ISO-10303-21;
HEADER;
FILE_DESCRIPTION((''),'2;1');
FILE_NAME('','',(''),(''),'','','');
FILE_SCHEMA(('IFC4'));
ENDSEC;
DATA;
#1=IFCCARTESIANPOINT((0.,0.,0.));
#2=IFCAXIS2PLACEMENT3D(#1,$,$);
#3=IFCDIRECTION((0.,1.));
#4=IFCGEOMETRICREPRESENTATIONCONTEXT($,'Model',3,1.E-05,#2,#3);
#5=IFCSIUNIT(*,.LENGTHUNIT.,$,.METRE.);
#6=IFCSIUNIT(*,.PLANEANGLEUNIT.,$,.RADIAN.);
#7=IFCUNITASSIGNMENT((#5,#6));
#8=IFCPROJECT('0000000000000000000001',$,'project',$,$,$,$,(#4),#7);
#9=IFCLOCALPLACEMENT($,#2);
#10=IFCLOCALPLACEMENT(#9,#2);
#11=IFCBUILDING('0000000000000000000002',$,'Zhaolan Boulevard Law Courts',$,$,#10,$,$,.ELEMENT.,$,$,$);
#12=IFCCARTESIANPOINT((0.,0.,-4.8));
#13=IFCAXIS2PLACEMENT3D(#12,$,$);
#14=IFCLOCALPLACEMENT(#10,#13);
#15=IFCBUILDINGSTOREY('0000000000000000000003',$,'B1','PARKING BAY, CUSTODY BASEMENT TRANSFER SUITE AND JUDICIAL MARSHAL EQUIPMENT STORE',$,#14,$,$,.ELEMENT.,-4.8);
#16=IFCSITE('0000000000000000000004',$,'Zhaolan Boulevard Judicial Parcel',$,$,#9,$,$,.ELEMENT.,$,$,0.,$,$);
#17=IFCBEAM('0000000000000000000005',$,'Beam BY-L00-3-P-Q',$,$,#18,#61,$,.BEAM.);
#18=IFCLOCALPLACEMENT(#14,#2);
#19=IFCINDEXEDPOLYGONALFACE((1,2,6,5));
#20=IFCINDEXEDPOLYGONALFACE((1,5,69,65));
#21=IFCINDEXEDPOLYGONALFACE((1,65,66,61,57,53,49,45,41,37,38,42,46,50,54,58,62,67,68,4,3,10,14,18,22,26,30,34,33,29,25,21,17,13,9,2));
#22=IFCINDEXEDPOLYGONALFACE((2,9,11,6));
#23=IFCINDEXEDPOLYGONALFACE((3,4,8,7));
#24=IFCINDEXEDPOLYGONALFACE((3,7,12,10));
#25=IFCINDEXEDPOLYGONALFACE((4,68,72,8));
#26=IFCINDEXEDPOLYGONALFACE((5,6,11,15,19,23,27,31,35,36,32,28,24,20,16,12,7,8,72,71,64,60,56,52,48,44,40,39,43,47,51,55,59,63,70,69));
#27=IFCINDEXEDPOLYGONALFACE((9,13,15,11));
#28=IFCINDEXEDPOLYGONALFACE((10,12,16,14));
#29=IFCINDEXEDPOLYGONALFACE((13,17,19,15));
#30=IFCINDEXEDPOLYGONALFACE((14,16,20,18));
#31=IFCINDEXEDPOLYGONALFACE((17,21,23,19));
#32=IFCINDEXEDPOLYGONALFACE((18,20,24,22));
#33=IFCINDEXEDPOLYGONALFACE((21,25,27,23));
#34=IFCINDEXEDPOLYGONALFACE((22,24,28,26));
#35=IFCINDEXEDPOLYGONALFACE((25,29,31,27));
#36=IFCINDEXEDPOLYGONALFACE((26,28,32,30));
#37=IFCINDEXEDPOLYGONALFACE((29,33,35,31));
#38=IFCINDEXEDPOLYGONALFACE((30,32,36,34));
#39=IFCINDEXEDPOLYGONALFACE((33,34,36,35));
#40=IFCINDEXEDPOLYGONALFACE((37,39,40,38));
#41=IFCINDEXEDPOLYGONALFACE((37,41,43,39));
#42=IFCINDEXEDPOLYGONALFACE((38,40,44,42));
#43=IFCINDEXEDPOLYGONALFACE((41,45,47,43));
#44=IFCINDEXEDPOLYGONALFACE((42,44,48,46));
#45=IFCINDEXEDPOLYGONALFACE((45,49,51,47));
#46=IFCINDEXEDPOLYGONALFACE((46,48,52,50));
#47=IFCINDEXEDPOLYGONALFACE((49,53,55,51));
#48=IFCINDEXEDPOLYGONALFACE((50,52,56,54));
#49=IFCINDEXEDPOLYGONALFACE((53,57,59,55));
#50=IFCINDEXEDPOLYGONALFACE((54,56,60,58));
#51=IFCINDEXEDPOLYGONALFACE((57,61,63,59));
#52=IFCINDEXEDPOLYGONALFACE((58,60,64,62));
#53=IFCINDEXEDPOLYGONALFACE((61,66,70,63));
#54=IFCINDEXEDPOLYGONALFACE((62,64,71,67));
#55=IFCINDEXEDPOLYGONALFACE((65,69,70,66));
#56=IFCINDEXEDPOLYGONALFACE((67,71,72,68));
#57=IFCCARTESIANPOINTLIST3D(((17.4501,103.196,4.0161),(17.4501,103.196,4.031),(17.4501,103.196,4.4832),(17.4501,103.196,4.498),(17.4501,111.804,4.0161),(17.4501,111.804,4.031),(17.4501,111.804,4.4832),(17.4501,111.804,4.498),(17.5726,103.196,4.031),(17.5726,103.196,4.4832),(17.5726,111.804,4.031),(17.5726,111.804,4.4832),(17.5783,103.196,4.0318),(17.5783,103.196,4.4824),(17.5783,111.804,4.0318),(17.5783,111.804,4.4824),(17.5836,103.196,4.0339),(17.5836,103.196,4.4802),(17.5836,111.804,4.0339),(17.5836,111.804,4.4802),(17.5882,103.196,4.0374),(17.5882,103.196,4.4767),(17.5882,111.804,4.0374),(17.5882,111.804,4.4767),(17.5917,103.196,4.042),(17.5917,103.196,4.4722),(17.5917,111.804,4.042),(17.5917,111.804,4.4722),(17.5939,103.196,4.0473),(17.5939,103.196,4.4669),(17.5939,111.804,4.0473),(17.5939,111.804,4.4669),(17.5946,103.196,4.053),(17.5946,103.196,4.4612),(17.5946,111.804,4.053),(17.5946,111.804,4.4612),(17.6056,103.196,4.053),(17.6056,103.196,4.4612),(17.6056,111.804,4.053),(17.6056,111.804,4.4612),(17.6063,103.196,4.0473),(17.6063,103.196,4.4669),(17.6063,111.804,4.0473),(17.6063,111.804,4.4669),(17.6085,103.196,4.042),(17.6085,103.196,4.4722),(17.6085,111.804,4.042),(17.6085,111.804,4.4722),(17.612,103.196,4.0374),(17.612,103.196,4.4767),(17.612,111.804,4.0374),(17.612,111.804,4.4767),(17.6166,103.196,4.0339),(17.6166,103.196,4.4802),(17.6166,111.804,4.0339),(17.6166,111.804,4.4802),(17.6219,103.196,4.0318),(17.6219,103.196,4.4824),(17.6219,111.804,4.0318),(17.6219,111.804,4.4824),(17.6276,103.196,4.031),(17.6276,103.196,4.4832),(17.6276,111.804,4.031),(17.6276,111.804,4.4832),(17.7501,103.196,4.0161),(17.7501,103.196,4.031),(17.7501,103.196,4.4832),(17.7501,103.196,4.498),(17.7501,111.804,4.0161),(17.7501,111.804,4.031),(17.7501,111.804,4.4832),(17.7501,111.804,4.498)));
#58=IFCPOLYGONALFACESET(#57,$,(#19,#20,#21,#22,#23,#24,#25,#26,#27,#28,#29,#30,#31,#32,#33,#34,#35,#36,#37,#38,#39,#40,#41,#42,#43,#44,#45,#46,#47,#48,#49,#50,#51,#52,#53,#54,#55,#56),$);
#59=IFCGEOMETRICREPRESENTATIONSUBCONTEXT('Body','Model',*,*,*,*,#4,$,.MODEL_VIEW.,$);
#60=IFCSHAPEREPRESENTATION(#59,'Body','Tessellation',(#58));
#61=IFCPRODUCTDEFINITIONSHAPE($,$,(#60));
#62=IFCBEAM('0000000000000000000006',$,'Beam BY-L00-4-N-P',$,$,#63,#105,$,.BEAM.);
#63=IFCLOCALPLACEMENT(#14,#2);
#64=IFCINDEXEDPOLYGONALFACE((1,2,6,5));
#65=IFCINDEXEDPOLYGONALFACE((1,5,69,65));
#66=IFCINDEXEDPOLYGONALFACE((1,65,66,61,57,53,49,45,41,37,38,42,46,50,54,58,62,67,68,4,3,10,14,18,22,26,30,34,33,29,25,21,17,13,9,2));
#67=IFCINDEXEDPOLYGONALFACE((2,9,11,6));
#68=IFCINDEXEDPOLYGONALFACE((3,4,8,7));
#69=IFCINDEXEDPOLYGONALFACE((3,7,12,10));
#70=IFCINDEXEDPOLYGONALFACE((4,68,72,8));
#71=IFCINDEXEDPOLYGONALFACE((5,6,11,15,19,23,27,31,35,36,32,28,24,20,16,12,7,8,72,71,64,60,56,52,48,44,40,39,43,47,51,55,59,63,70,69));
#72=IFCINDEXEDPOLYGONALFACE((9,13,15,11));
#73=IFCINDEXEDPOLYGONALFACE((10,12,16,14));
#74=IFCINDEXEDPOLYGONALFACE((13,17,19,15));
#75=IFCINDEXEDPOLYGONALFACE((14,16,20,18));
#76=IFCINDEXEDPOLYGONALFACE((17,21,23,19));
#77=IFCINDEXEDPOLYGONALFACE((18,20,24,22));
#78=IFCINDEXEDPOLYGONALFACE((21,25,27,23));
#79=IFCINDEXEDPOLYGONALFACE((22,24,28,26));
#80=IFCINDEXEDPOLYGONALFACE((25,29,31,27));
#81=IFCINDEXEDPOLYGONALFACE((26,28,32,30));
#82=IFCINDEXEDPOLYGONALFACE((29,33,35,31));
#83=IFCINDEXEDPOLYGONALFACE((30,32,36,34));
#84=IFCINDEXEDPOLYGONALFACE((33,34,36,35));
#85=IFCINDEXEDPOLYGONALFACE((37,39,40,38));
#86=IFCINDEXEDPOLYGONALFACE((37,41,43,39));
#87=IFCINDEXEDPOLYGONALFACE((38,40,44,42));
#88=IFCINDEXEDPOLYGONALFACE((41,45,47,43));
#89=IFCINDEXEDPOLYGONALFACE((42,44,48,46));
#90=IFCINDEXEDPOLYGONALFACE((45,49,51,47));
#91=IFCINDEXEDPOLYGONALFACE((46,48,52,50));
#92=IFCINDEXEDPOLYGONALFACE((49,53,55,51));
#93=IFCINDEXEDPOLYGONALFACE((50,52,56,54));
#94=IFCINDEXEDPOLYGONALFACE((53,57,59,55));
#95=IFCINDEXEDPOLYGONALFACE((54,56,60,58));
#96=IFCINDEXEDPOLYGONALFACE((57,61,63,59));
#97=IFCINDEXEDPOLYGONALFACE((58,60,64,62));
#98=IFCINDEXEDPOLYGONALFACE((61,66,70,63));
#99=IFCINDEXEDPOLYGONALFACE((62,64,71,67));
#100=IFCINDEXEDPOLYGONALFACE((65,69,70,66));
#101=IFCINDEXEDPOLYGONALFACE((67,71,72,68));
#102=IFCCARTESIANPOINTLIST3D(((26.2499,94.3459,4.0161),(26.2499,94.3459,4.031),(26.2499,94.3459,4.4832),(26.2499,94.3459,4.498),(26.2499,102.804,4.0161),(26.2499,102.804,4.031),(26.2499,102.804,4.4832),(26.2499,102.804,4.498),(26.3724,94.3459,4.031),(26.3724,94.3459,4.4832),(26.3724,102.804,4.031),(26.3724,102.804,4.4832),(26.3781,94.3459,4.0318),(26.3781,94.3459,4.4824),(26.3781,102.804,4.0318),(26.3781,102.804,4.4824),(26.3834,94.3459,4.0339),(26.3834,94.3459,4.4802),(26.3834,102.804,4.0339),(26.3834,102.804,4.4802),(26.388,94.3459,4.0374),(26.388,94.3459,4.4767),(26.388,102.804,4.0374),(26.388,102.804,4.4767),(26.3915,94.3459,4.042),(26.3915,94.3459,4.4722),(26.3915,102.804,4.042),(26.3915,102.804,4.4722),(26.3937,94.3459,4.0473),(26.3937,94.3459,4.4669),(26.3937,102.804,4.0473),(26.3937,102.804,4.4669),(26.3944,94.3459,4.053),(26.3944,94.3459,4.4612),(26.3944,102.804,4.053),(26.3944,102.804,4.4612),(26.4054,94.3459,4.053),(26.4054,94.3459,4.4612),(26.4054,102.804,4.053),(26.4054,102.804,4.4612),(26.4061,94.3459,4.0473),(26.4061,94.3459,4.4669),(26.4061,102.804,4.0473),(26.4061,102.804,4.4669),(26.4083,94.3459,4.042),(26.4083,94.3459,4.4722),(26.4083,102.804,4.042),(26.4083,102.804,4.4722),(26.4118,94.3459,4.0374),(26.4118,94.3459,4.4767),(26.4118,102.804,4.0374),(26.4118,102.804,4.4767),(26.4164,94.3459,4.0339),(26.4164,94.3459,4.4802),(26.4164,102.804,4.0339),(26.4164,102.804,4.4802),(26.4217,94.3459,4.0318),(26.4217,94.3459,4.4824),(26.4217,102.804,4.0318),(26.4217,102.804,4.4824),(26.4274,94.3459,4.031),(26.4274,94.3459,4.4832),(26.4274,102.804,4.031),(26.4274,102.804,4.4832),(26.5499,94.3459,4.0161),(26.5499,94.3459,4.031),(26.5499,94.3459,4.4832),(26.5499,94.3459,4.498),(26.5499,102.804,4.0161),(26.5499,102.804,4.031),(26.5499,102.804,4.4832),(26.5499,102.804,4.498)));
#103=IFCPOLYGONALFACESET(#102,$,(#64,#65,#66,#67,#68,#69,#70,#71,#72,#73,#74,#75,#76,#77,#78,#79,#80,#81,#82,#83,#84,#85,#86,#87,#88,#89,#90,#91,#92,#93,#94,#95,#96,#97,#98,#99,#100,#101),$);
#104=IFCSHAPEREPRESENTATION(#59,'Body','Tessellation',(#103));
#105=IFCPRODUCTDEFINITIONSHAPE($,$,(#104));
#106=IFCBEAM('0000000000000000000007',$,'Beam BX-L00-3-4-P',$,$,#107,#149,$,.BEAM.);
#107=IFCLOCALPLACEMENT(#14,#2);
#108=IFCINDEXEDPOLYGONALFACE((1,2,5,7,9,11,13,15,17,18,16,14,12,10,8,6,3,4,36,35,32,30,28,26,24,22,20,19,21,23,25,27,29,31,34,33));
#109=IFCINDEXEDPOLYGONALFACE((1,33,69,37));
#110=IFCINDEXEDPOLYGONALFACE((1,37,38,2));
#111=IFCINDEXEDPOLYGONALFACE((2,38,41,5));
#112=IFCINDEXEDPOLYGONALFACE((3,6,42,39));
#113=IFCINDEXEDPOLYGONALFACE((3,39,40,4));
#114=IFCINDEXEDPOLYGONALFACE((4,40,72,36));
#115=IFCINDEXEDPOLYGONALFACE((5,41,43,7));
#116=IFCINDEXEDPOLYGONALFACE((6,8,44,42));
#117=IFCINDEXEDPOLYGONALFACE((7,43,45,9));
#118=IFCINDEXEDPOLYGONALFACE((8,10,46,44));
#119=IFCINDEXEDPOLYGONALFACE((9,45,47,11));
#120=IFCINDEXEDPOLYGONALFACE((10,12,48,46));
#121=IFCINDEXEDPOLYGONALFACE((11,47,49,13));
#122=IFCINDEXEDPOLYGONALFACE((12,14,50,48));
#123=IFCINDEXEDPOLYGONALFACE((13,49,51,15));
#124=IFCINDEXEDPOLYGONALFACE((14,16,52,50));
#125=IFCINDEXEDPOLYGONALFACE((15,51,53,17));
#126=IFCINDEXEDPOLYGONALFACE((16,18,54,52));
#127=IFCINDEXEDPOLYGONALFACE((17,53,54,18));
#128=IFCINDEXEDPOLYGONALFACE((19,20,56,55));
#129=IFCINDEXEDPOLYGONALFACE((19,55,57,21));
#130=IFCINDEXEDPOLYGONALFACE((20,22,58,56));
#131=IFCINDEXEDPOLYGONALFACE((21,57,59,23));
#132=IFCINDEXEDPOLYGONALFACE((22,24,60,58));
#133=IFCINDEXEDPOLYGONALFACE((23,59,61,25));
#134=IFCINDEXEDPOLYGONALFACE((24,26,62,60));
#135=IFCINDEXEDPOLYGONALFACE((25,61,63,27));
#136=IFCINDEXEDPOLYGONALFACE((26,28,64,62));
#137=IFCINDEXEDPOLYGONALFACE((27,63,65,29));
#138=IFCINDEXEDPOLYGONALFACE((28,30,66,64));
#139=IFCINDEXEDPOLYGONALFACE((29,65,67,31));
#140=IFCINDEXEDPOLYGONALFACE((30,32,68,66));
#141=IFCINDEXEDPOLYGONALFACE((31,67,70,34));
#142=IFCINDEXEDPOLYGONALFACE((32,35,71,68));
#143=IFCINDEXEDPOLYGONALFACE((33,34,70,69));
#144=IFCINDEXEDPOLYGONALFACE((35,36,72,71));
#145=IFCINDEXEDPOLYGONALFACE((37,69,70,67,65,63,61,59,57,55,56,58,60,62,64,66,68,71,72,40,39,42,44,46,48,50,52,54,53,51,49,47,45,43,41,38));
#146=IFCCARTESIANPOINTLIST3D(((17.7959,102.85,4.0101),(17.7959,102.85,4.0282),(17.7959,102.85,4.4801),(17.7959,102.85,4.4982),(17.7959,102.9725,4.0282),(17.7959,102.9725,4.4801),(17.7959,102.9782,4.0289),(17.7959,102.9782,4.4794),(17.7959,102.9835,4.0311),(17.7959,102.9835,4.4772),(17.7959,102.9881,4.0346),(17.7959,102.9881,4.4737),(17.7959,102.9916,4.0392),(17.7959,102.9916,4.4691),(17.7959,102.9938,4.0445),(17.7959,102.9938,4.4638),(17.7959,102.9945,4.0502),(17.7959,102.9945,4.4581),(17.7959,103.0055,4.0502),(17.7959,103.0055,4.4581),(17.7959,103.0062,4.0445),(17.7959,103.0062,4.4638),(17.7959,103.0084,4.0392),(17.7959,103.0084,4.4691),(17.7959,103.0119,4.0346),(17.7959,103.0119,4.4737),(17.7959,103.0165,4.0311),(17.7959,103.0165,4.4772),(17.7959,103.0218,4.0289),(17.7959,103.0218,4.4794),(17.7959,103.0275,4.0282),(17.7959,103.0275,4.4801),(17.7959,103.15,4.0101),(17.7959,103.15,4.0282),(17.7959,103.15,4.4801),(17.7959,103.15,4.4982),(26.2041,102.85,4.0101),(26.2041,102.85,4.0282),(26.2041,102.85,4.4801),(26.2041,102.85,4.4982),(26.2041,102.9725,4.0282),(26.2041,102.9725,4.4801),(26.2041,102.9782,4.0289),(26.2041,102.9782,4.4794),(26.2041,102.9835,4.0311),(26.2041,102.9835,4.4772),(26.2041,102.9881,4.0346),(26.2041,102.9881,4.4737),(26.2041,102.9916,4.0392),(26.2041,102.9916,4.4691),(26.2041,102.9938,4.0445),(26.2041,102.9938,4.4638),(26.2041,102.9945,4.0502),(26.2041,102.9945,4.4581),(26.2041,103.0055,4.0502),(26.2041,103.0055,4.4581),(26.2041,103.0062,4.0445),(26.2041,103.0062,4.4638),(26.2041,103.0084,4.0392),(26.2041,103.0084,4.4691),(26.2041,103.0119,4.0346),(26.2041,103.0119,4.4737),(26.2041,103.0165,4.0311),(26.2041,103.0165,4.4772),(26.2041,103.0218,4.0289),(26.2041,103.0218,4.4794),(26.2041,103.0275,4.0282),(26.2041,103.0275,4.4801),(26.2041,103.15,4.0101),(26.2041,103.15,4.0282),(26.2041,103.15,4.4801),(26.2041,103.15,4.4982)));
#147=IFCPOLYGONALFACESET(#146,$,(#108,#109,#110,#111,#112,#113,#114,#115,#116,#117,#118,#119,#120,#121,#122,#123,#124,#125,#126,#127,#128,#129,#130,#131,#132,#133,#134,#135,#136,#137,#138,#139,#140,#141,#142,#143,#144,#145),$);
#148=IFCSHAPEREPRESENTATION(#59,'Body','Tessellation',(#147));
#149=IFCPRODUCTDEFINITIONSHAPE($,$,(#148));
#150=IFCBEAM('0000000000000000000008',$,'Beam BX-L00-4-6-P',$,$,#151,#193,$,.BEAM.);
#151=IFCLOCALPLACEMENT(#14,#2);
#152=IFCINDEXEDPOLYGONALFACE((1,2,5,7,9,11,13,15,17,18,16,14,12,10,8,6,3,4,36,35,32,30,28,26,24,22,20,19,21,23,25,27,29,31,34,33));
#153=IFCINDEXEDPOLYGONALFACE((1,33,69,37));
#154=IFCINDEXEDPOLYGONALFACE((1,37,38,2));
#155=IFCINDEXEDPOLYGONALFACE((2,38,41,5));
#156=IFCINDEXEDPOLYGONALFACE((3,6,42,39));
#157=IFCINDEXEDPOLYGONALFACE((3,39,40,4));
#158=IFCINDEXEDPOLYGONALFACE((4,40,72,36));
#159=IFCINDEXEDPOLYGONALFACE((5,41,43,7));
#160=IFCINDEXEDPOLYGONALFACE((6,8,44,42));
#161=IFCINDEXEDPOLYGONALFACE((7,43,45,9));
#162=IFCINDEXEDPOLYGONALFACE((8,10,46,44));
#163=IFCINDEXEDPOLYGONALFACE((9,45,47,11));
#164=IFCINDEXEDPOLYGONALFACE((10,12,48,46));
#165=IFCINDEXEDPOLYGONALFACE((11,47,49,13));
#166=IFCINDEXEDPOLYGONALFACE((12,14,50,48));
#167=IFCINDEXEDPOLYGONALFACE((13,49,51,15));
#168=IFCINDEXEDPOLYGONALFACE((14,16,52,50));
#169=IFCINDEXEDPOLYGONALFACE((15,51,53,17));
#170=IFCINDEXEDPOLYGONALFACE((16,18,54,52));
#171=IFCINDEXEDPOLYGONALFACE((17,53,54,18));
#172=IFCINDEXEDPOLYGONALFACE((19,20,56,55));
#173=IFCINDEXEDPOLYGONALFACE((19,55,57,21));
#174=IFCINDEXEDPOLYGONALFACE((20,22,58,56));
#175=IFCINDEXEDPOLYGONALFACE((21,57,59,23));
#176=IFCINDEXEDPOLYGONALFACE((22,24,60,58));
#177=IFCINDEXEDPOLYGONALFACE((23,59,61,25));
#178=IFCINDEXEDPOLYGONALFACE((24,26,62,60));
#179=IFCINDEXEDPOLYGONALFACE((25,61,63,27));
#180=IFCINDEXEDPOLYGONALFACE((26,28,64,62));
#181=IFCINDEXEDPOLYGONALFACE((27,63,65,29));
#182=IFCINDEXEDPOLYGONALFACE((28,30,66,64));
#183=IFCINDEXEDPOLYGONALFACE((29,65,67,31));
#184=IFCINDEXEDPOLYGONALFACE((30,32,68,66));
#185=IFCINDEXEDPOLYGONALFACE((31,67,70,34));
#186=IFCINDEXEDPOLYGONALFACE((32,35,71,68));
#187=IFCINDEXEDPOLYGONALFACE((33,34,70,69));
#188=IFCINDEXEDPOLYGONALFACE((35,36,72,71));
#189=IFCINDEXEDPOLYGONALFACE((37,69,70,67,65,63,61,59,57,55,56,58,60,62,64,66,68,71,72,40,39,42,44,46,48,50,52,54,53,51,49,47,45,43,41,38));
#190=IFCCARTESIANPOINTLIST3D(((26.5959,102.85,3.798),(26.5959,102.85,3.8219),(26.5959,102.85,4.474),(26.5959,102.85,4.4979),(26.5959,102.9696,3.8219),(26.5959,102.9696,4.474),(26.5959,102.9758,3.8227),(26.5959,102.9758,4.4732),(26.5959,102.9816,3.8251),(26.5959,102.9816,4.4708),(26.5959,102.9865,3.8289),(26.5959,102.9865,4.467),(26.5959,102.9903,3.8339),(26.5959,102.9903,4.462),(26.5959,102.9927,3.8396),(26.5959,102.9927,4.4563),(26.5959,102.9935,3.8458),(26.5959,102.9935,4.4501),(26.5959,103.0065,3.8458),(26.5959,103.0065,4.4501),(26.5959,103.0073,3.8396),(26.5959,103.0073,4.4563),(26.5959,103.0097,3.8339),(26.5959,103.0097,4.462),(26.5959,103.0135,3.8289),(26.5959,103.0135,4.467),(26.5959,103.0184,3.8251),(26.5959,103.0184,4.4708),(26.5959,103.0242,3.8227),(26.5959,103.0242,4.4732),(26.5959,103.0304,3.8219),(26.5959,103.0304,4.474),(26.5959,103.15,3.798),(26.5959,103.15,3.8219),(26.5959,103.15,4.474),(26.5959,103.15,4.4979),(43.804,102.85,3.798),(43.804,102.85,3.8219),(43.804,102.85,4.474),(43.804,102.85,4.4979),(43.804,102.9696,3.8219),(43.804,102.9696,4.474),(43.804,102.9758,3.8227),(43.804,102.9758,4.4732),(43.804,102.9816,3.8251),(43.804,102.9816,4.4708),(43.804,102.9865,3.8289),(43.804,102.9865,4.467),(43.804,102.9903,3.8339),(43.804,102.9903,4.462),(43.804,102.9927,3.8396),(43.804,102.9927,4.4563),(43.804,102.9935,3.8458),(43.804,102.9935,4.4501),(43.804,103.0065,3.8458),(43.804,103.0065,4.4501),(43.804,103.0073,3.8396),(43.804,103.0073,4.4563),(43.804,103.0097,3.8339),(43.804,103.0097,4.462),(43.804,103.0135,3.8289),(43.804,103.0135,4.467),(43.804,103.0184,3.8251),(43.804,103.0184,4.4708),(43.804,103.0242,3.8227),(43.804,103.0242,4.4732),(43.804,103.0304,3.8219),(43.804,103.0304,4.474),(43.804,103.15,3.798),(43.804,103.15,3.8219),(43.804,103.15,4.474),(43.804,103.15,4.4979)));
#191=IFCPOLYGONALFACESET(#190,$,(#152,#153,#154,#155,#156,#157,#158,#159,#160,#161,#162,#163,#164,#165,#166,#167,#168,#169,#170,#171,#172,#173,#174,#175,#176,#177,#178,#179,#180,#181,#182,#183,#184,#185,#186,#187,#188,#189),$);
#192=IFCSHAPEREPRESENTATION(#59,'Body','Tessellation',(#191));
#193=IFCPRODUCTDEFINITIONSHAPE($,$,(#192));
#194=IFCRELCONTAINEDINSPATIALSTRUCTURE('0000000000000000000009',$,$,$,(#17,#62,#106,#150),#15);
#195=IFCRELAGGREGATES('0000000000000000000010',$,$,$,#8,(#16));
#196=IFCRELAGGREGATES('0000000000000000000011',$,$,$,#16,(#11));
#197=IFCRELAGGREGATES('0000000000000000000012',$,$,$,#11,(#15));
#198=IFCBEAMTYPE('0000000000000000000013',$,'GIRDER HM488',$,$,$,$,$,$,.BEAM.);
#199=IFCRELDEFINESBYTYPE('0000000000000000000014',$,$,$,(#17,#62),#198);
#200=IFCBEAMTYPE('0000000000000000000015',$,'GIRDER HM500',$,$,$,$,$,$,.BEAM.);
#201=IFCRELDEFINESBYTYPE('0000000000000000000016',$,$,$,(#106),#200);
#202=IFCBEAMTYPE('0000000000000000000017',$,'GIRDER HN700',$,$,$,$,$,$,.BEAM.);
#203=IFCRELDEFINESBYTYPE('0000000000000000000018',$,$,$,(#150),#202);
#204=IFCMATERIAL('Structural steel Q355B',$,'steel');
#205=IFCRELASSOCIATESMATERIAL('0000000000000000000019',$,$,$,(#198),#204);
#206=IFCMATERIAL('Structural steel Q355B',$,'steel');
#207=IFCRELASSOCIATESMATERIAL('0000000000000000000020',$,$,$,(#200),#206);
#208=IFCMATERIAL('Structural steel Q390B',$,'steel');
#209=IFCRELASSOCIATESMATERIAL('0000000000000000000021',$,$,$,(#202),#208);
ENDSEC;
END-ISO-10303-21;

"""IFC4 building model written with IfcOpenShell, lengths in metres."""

from ifc_helpers import new_model, si_unit, direction, frame, origin, origin_2d, place, context, subcontext, project, spatial, i_section, extrude, material, material_profile, profile_set, type_object, element, save


model = new_model("IFC4")

# Units and contexts
model_context = context("Model", 3, precision=1e-05, world=origin(), true_north=direction((0.0, 1.0)))
body_context = subcontext(model_context, "Body", "Model", "MODEL_VIEW")
ifc_project = project(units=[si_unit("LENGTHUNIT", "METRE"), si_unit("PLANEANGLEUNIT", "RADIAN")], contexts=[model_context])

# Site, building, storey
site_placement = place(None, origin())
site = spatial("IfcSite", under=ifc_project, at=site_placement, Name="Zhaolan Boulevard Judicial Parcel", CompositionType="ELEMENT", RefElevation=0.0)
building_placement = place(site_placement, origin())
building = spatial("IfcBuilding", under=site, at=building_placement, Name="Zhaolan Boulevard Law Courts", CompositionType="ELEMENT")
storey_placement = place(building_placement, frame((0.0, 0.0, -4.8)))
storey = spatial("IfcBuildingStorey", under=building, at=storey_placement, Name="B1", Description="PARKING BAY, CUSTODY BASEMENT TRANSFER SUITE AND JUDICIAL MARSHAL EQUIPMENT STORE", CompositionType="ELEMENT", Elevation=-4.8)

# Beams
ifc_material_1 = material(Name="Structural steel Q355B", Category="steel")
ifc_material_profile_1 = material_profile(ifc_material_1, i_section(OverallWidth=0.3, OverallDepth=0.4819, WebThickness=0.011, FlangeThickness=0.0149, FilletRadius=0.022, at=origin_2d()), Name="HM482x300")
ifc_profile_set_1 = profile_set([ifc_material_profile_1], Name="Structural steel Q355B")
beam_type_1 = type_object("IfcBeamType", Name="GIRDER HM488", PredefinedType="BEAM", material=ifc_profile_set_1)
beam_1_placement = place(storey_placement, frame((17.6001, 103.196, 4.2571), z_axis=(0.0, 1.0, 0.0), x_axis=(-1.0, 0.0, 0.0)))
element("IfcBeam", 1, at=beam_1_placement, inside=storey, type_object=beam_type_1, Name="Beam BY-L00-3-P-Q", PredefinedType="BEAM", context=body_context, shape_type="SweptSolid", body=[
    extrude(i_section(OverallWidth=0.3, OverallDepth=0.4819, WebThickness=0.011, FlangeThickness=0.0149, FilletRadius=0.022, at=origin_2d()), origin(), (0.0, 0.0, 1.0), 8.6079),
])
beam_2_placement = place(storey_placement, frame((26.3999, 94.3459, 4.2571), z_axis=(0.0, 1.0, 0.0), x_axis=(-1.0, 0.0, 0.0)))
element("IfcBeam", 2, at=beam_2_placement, inside=storey, type_object=beam_type_1, Name="Beam BY-L00-4-N-P", PredefinedType="BEAM", context=body_context, shape_type="SweptSolid", body=[
    extrude(i_section(OverallWidth=0.3, OverallDepth=0.4819, WebThickness=0.011, FlangeThickness=0.0149, FilletRadius=0.022, at=origin_2d()), origin(), (0.0, 0.0, 1.0), 8.458),
])
ifc_material_2 = material(Name="Structural steel Q355B", Category="steel")
ifc_material_profile_2 = material_profile(ifc_material_2, i_section(OverallWidth=0.3, OverallDepth=0.488, WebThickness=0.011, FlangeThickness=0.0181, FilletRadius=0.022, at=origin_2d()), Name="HM488x300")
ifc_profile_set_2 = profile_set([ifc_material_profile_2], Name="Structural steel Q355B")
beam_type_2 = type_object("IfcBeamType", Name="GIRDER HM500", PredefinedType="BEAM", material=ifc_profile_set_2)
beam_3_placement = place(storey_placement, frame((17.7959, 103.0, 4.2542), z_axis=(1.0, 0.0, 0.0), x_axis=(0.0, 1.0, 0.0)))
element("IfcBeam", 3, at=beam_3_placement, inside=storey, type_object=beam_type_2, Name="Beam BX-L00-3-4-P", PredefinedType="BEAM", context=body_context, shape_type="SweptSolid", body=[
    extrude(i_section(OverallWidth=0.3, OverallDepth=0.488, WebThickness=0.011, FlangeThickness=0.0181, FilletRadius=0.022, at=origin_2d()), origin(), (0.0, 0.0, 1.0), 8.4082),
])
ifc_material_3 = material(Name="Structural steel Q390B", Category="steel")
ifc_material_profile_3 = material_profile(ifc_material_3, i_section(OverallWidth=0.3, OverallDepth=0.7, WebThickness=0.0129, FlangeThickness=0.0239, FilletRadius=0.0239, at=origin_2d()), Name="HN700x300")
ifc_profile_set_3 = profile_set([ifc_material_profile_3], Name="Structural steel Q390B")
beam_type_3 = type_object("IfcBeamType", Name="GIRDER HN700", PredefinedType="BEAM", material=ifc_profile_set_3)
beam_4_placement = place(storey_placement, frame((26.5959, 103.0, 4.1479), z_axis=(1.0, 0.0, 0.0), x_axis=(0.0, 1.0, 0.0)))
element("IfcBeam", 4, at=beam_4_placement, inside=storey, type_object=beam_type_3, Name="Beam BX-L00-4-6-P", PredefinedType="BEAM", context=body_context, shape_type="SweptSolid", body=[
    extrude(i_section(OverallWidth=0.3, OverallDepth=0.7, WebThickness=0.0129, FlangeThickness=0.0239, FilletRadius=0.0239, at=origin_2d()), origin(), (0.0, 0.0, 1.0), 17.208),
])

save(model, "model.ifc")
